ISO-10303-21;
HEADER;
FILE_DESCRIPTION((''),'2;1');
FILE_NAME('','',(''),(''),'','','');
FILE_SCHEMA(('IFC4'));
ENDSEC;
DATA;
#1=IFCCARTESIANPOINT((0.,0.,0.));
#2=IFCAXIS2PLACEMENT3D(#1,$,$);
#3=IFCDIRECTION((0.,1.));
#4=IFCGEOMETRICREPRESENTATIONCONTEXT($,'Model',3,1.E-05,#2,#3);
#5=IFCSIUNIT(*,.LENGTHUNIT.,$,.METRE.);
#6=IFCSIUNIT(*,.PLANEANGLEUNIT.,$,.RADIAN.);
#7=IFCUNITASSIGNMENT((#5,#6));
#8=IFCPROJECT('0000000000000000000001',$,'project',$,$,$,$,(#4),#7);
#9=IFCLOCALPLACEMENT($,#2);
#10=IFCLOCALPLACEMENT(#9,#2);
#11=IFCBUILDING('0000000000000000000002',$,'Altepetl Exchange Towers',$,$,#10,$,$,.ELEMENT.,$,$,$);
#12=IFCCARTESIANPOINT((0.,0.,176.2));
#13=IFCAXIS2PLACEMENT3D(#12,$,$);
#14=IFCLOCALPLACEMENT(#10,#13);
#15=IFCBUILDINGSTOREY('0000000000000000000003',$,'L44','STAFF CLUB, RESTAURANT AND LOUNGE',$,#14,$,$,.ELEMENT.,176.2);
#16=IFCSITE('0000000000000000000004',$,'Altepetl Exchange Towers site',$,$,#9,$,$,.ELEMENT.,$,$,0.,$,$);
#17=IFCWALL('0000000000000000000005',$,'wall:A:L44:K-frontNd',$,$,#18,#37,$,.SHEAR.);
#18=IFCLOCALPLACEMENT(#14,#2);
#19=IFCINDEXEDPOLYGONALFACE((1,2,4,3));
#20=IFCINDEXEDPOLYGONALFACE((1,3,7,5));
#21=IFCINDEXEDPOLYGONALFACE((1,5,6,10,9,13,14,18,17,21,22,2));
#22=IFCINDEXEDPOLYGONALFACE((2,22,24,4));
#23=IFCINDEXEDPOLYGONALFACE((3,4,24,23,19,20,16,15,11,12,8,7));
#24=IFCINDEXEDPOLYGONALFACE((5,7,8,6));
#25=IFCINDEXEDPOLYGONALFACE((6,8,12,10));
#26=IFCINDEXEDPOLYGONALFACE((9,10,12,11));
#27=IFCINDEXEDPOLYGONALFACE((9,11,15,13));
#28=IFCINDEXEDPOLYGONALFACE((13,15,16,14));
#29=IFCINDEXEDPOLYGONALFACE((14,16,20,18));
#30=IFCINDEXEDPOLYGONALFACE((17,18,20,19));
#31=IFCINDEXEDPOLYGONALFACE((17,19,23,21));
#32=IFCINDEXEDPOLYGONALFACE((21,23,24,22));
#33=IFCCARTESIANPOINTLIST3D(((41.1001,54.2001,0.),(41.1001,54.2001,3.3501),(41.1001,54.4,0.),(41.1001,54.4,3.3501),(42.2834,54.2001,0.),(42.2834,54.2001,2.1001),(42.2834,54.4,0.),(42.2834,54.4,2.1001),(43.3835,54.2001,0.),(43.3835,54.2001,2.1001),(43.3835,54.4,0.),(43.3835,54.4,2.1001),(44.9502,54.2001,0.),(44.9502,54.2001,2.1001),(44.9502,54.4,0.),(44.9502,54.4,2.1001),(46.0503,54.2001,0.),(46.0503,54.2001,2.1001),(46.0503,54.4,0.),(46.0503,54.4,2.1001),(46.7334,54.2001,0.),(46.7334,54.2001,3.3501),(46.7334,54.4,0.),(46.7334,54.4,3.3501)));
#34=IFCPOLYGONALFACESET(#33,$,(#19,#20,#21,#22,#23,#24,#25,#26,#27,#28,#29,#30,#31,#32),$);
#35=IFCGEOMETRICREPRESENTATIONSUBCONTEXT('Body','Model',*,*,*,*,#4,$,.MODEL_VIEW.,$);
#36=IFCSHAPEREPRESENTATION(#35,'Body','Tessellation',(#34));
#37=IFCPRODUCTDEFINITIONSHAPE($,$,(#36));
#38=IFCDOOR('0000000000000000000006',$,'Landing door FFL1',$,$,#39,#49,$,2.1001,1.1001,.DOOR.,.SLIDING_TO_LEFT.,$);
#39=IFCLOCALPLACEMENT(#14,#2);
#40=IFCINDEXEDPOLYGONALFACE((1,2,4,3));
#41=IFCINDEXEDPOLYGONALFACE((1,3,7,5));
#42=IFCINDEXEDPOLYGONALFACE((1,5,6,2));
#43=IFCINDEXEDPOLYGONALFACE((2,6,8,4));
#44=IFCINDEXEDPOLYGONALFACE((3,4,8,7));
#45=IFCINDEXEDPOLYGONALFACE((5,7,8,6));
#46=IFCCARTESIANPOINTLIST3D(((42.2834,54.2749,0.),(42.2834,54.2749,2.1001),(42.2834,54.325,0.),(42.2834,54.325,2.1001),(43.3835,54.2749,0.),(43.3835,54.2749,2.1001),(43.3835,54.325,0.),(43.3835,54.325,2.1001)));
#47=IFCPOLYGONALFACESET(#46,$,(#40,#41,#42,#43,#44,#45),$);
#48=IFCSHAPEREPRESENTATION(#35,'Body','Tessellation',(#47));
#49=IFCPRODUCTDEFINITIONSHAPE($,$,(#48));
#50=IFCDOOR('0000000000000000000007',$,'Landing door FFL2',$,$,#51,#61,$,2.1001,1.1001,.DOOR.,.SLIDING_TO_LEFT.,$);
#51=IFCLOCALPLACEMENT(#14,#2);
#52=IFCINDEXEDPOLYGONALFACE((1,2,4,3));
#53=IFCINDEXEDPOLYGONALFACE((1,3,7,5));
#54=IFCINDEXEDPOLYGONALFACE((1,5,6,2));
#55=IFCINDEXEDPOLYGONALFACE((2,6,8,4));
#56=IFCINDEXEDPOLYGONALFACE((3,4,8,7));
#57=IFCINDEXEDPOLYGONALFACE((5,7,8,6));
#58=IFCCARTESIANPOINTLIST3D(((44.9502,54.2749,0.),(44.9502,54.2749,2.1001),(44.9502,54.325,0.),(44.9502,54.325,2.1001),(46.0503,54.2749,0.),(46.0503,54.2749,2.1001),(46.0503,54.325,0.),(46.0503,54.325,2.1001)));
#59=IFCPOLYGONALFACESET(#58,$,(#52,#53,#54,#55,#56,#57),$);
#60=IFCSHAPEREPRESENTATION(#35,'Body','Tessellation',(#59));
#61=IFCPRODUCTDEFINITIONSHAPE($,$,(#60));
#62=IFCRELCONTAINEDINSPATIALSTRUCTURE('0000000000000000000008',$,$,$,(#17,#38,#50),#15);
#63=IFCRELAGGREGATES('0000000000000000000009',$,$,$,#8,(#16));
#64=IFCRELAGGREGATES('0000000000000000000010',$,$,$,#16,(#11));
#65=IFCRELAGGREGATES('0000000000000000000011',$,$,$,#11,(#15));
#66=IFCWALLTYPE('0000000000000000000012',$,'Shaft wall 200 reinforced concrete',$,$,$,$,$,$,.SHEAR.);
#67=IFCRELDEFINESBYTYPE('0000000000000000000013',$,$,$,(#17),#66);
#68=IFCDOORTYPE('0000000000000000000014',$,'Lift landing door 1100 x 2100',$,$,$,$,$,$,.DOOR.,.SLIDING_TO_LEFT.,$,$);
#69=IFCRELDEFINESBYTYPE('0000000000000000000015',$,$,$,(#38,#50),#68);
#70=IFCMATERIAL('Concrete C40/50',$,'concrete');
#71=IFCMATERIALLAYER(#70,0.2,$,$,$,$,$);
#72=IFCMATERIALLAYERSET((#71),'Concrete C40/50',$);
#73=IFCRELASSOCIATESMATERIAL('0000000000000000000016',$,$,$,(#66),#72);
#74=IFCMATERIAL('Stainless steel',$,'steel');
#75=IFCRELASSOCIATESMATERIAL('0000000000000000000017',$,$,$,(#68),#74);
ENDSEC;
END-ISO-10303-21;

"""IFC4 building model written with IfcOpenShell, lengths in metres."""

from ifc_helpers import new_model, si_unit, direction, frame, frame_2d, origin, place, context, subcontext, project, spatial, rectangle, extrude, material, layer, layer_set, type_object, element, fill, save


model = new_model("IFC4")

# Units and contexts
model_context = context("Model", 3, precision=1e-05, world=origin(), true_north=direction((0.0, 1.0)))
body_context = subcontext(model_context, "Body", "Model", "MODEL_VIEW")
ifc_project = project(units=[si_unit("LENGTHUNIT", "METRE"), si_unit("PLANEANGLEUNIT", "RADIAN")], contexts=[model_context])

# Site, building, storey
site_placement = place(None, origin())
site = spatial("IfcSite", under=ifc_project, at=site_placement, Name="Altepetl Exchange Towers site", CompositionType="ELEMENT", RefElevation=0.0)
building_placement = place(site_placement, origin())
building = spatial("IfcBuilding", under=site, at=building_placement, Name="Altepetl Exchange Towers", CompositionType="ELEMENT")
storey_placement = place(building_placement, frame((0.0, 0.0, 176.2)))
storey = spatial("IfcBuildingStorey", under=building, at=storey_placement, Name="L44", Description="STAFF CLUB, RESTAURANT AND LOUNGE", CompositionType="ELEMENT", Elevation=176.2)

# Shared definitions
ifc_material_1 = material(Name="Concrete C40/50", Category="concrete")
ifc_layer_1 = layer(ifc_material_1, 0.2)
ifc_layer_set_1 = layer_set([ifc_layer_1], Name="Concrete C40/50")
wall_type_1 = type_object("IfcWallType", Name="Shaft wall 200 reinforced concrete", PredefinedType="SHEAR", material=ifc_layer_set_1)

# Wall, openings, doors
ifc_material_2 = material(Name="Stainless steel", Category="steel")
wall_1_placement = place(storey_placement, frame((41.1001, 54.3, 0.0)))
wall_1 = element("IfcWall", 1, at=wall_1_placement, inside=storey, type_object=wall_type_1, Name="wall:A:L44:K-frontNd", PredefinedType="SHEAR", context=body_context, shape_type="SweptSolid", body=[
    extrude(rectangle(XDim=5.6333, YDim=0.2, at=frame_2d((2.8167, 0.0))), origin(), (0.0, 0.0, 1.0), 3.3501),
])
opening_1_placement = place(wall_1_placement, frame((1.1833, 0.0, 0.0)))
opening_1 = element("IfcOpeningElement", 2, at=opening_1_placement, cuts=wall_1, PredefinedType="OPENING", context=body_context, shape_type="SweptSolid", body=[
    extrude(rectangle(XDim=1.1001, YDim=2.1001, at=frame_2d((0.55, 1.05))), frame((0.0, 0.1099, 0.0), z_axis=(0.0, -1.0, 0.0), x_axis=(1.0, 0.0, 0.0)), (0.0, 0.0, 1.0), 0.22),
])
opening_2_placement = place(wall_1_placement, frame((3.8501, 0.0, 0.0)))
opening_2 = element("IfcOpeningElement", 3, at=opening_2_placement, cuts=wall_1, PredefinedType="OPENING", context=body_context, shape_type="SweptSolid", body=[
    extrude(rectangle(XDim=1.1001, YDim=2.1001, at=frame_2d((0.55, 1.05))), frame((0.0, 0.1099, 0.0), z_axis=(0.0, -1.0, 0.0), x_axis=(1.0, 0.0, 0.0)), (0.0, 0.0, 1.0), 0.22),
])
door_type_1 = type_object("IfcDoorType", Name="Lift landing door 1100 x 2100", OperationType="SLIDING_TO_LEFT", PredefinedType="DOOR", material=ifc_material_2)
door_1_placement = place(opening_1_placement, origin())
door_1 = element("IfcDoor", 4, at=door_1_placement, inside=storey, type_object=door_type_1, Name="Landing door FFL1", OperationType="SLIDING_TO_LEFT", OverallHeight=2.1001, OverallWidth=1.1001, PredefinedType="DOOR", context=body_context, shape_type="SweptSolid", body=[
    extrude(rectangle(XDim=1.1001, YDim=2.1001, at=frame_2d((0.55, 1.05))), frame((0.0, 0.0249, 0.0), z_axis=(0.0, -1.0, 0.0), x_axis=(1.0, 0.0, 0.0)), (0.0, 0.0, 1.0), 0.05),
])
fill(opening_1, door_1)
door_2_placement = place(opening_2_placement, origin())
door_2 = element("IfcDoor", 5, at=door_2_placement, inside=storey, type_object=door_type_1, Name="Landing door FFL2", OperationType="SLIDING_TO_LEFT", OverallHeight=2.1001, OverallWidth=1.1001, PredefinedType="DOOR", context=body_context, shape_type="SweptSolid", body=[
    extrude(rectangle(XDim=1.1001, YDim=2.1001, at=frame_2d((0.55, 1.05))), frame((0.0, 0.0249, 0.0), z_axis=(0.0, -1.0, 0.0), x_axis=(1.0, 0.0, 0.0)), (0.0, 0.0, 1.0), 0.05),
])
fill(opening_2, door_2)

save(model, "model.ifc")
